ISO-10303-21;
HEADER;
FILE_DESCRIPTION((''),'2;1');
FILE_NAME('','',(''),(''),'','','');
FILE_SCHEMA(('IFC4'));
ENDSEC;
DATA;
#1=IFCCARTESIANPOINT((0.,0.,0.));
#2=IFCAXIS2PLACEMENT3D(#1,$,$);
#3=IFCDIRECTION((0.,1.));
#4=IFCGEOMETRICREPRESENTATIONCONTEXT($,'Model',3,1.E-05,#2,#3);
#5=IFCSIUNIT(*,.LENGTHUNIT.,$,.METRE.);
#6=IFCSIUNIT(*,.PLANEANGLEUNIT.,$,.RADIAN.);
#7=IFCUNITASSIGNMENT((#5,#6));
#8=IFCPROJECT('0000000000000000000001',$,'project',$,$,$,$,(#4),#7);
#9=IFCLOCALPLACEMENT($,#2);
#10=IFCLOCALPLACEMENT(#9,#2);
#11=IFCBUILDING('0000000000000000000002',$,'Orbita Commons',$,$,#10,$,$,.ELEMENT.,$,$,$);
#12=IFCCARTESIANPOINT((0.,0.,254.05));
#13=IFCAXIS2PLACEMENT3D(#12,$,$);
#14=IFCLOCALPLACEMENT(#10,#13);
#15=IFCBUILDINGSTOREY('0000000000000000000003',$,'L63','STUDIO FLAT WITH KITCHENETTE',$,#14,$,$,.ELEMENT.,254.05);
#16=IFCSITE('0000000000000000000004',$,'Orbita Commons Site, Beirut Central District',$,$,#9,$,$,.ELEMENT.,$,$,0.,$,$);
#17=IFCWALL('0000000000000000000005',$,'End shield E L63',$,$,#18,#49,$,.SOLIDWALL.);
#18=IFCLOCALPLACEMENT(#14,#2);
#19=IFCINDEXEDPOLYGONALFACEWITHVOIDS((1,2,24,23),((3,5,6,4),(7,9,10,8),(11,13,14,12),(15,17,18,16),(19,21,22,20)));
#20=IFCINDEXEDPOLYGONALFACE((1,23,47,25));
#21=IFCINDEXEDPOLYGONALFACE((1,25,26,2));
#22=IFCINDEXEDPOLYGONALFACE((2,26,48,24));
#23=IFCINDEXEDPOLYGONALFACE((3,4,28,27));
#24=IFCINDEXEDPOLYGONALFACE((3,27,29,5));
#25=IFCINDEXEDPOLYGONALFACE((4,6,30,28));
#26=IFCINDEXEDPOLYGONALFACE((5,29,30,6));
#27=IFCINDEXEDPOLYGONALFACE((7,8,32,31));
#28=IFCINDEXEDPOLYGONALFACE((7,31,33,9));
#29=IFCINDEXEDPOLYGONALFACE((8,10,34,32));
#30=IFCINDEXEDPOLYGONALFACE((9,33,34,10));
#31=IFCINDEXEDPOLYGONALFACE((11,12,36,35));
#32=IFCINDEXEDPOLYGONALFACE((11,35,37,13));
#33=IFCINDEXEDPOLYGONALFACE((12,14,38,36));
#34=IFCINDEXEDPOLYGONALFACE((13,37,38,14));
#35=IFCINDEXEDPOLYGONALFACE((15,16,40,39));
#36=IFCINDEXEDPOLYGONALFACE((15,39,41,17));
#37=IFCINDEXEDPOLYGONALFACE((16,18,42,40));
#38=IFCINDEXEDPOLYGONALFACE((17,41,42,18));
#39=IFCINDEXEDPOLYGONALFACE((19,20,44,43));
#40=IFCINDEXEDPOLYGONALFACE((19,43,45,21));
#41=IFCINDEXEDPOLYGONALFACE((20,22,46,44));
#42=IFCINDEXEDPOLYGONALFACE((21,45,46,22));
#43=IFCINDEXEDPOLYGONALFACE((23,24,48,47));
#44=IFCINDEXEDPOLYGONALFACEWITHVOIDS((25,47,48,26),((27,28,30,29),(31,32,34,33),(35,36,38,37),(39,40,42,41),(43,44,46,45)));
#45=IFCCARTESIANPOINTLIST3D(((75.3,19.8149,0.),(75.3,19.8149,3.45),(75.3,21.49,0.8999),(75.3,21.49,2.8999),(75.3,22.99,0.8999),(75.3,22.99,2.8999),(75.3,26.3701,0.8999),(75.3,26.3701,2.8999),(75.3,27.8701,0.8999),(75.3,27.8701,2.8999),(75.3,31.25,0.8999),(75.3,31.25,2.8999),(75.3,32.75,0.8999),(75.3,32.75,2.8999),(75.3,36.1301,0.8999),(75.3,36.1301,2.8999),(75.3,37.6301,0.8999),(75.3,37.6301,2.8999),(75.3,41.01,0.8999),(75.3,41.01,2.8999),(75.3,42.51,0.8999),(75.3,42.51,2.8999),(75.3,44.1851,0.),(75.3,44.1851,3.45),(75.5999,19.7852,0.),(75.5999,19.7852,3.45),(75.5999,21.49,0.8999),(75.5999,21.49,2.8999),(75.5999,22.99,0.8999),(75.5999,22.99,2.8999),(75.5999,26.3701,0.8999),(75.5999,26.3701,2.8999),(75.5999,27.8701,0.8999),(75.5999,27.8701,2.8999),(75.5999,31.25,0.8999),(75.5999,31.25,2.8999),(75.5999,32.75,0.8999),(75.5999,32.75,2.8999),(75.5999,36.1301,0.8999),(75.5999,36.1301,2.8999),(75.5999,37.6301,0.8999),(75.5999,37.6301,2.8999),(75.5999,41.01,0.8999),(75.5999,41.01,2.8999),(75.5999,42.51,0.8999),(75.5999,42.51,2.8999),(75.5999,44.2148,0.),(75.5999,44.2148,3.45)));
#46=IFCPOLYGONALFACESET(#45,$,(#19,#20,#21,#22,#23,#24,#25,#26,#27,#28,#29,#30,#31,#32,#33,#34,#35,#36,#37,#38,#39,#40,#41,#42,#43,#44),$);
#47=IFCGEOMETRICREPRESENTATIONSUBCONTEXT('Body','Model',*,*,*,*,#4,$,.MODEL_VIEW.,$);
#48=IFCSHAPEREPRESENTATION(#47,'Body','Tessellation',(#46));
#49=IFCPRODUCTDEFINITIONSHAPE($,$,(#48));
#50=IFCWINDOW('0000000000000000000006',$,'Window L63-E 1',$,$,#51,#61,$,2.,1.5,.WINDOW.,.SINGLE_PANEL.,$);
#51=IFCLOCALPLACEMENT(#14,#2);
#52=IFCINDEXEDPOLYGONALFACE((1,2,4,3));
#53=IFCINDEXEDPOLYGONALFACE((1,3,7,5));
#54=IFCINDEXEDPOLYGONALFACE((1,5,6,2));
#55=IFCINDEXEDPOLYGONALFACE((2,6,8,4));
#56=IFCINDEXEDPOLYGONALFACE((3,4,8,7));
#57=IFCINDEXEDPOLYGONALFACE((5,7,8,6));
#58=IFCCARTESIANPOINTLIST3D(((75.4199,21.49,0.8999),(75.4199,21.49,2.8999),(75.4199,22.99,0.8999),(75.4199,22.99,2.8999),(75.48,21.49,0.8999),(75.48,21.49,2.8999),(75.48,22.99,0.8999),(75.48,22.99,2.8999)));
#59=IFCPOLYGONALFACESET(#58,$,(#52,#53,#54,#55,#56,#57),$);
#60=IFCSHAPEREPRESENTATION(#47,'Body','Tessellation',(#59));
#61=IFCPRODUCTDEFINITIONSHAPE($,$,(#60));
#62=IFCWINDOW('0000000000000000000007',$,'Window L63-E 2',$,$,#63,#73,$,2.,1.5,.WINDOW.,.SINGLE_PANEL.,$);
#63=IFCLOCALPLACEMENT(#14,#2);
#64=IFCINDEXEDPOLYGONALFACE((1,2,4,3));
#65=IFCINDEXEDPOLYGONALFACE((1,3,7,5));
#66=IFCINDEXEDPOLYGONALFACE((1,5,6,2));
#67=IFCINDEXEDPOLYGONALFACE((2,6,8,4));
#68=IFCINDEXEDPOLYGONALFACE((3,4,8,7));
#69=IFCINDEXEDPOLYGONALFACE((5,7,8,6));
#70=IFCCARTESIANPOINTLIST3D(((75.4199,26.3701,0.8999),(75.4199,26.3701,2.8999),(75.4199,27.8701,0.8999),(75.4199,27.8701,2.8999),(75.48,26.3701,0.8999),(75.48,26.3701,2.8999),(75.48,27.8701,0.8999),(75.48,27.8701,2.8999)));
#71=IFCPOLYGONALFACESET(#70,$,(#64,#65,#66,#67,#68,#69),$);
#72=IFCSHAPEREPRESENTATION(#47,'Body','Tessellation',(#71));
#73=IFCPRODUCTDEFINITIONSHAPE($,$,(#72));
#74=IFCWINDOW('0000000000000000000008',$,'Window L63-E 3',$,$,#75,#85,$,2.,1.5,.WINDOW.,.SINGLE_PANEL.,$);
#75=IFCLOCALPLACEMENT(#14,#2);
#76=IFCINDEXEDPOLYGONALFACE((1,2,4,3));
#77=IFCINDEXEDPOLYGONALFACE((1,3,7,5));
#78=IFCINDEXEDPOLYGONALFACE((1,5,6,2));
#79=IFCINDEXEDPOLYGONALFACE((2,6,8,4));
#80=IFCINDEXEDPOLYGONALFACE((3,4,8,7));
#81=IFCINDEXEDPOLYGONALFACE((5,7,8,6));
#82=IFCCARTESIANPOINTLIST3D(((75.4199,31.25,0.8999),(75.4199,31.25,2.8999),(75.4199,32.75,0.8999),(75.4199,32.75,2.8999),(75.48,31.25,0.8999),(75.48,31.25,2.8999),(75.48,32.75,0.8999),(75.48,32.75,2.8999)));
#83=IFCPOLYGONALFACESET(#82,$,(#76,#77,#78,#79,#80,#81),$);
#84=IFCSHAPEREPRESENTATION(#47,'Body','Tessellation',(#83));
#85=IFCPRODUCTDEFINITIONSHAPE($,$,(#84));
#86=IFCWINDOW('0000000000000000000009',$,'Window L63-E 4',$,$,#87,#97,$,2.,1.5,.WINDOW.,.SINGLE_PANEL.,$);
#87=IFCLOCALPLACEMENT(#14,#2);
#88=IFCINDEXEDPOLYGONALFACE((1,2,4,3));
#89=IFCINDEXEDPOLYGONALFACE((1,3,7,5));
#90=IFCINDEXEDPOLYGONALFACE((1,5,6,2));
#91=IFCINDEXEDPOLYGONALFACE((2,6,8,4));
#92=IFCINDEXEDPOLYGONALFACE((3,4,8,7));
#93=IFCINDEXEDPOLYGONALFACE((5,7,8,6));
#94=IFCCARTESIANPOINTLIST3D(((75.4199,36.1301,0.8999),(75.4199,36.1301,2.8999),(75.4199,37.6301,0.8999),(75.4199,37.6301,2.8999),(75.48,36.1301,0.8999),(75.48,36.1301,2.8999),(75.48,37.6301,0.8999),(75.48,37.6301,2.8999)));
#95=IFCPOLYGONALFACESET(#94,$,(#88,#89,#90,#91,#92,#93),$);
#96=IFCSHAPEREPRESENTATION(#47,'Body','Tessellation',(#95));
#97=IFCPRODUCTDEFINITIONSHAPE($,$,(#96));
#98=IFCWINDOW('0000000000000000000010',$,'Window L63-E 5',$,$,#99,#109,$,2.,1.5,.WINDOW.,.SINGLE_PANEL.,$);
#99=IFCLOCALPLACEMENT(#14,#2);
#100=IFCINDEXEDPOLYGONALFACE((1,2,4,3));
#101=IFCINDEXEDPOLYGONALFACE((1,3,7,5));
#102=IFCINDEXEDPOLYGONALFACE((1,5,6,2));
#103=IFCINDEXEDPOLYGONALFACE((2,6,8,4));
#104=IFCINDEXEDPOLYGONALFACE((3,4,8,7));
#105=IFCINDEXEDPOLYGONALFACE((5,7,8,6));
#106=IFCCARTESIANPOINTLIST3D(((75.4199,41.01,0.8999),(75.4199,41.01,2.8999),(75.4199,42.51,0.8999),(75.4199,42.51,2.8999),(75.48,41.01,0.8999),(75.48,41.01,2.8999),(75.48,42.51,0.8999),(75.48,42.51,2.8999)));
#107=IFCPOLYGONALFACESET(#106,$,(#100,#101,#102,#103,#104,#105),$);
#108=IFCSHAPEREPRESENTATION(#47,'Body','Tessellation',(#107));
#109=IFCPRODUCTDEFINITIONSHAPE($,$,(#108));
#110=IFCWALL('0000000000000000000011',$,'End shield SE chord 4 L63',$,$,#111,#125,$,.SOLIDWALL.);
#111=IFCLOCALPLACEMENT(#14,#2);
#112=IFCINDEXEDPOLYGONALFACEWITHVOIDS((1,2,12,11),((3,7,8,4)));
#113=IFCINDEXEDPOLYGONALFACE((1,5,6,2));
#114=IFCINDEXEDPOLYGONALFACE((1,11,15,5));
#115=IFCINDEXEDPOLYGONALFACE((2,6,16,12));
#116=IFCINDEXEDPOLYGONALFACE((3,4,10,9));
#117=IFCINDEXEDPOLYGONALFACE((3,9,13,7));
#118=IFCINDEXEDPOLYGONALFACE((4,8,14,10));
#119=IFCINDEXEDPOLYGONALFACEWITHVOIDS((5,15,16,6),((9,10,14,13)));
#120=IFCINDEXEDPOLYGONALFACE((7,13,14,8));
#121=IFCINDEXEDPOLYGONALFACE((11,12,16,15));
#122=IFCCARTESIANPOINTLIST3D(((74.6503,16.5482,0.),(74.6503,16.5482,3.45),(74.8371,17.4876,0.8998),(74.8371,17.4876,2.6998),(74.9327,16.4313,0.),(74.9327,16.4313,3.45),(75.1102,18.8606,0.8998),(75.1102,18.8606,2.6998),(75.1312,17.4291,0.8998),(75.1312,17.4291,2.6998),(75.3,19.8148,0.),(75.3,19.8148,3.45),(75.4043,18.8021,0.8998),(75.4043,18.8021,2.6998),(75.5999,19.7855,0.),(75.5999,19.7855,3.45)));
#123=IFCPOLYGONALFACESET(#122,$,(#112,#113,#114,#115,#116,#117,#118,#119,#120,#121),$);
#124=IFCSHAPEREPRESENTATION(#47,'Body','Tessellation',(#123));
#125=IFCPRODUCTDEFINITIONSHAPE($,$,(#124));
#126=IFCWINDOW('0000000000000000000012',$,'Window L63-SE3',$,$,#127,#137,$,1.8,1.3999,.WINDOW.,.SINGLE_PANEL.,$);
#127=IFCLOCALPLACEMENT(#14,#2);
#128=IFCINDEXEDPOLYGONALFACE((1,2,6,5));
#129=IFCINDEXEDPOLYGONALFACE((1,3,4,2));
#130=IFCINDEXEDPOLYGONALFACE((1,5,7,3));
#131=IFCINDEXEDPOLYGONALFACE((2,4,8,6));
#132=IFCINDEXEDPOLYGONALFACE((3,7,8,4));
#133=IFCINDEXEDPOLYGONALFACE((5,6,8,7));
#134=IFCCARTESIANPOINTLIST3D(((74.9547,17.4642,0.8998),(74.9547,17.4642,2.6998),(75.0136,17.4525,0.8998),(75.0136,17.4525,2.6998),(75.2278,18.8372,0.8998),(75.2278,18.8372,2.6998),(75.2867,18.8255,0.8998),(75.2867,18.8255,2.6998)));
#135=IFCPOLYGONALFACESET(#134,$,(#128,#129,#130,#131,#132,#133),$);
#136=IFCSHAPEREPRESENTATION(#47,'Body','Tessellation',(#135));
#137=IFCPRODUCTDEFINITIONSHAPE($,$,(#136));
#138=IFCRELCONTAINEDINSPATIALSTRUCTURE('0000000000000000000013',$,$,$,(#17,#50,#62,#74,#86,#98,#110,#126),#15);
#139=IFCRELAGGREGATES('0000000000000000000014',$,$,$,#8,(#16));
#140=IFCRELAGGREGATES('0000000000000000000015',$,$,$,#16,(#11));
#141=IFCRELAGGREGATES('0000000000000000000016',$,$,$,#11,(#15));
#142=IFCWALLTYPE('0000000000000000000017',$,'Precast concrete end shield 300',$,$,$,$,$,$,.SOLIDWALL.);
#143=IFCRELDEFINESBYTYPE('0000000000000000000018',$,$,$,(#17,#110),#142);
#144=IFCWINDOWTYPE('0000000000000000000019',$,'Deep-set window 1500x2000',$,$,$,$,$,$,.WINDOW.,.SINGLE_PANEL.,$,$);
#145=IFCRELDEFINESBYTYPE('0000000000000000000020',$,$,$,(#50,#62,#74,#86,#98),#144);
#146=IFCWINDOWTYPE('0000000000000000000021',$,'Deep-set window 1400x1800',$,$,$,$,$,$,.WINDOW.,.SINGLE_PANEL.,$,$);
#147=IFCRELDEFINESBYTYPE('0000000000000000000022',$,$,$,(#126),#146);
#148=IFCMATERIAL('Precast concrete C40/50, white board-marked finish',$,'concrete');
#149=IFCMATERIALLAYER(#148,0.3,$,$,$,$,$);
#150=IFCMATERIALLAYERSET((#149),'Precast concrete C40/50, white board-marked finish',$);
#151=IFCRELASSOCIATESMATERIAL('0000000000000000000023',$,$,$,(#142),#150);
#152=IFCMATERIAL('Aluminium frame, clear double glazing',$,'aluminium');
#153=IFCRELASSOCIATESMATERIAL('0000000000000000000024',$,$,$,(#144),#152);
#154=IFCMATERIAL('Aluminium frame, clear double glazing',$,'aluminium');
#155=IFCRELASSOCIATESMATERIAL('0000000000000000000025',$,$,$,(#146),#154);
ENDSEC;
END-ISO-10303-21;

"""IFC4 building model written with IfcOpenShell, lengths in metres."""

from ifc_helpers import new_model, si_unit, direction, frame, frame_2d, origin, place, context, subcontext, project, spatial, polyline, rectangle, outline, extrude, material, layer, layer_set, type_object, element, fill, save


model = new_model("IFC4")

# Units and contexts
model_context = context("Model", 3, precision=1e-05, world=origin(), true_north=direction((0.0, 1.0)))
body_context = subcontext(model_context, "Body", "Model", "MODEL_VIEW")
ifc_project = project(units=[si_unit("LENGTHUNIT", "METRE"), si_unit("PLANEANGLEUNIT", "RADIAN")], contexts=[model_context])

# Site, building, storey
site_placement = place(None, origin())
site = spatial("IfcSite", under=ifc_project, at=site_placement, Name="Orbita Commons Site, Beirut Central District", CompositionType="ELEMENT", RefElevation=0.0)
building_placement = place(site_placement, origin())
building = spatial("IfcBuilding", under=site, at=building_placement, Name="Orbita Commons", CompositionType="ELEMENT")
storey_placement = place(building_placement, frame((0.0, 0.0, 254.05)))
storey = spatial("IfcBuildingStorey", under=building, at=storey_placement, Name="L63", Description="STUDIO FLAT WITH KITCHENETTE", CompositionType="ELEMENT", Elevation=254.05)

# Wall, openings, windows
ifc_material_1 = material(Name="Precast concrete C40/50, white board-marked finish", Category="concrete")
ifc_layer_1 = layer(ifc_material_1, 0.3)
ifc_layer_set_1 = layer_set([ifc_layer_1], Name="Precast concrete C40/50, white board-marked finish")
wall_type_1 = type_object("IfcWallType", Name="Precast concrete end shield 300", PredefinedType="SOLIDWALL", material=ifc_layer_set_1)
wall_1_placement = place(storey_placement, frame((75.45, 19.8, 0.0), z_axis=(0.0, 0.0, 1.0), x_axis=(0.0, 1.0, 0.0)))
wall_1 = element("IfcWall", 1, at=wall_1_placement, inside=storey, type_object=wall_type_1, Name="End shield E L63", PredefinedType="SOLIDWALL", context=body_context, shape_type="SweptSolid", body=[
    extrude(outline(polyline([(-0.0149, -0.1499), (24.4148, -0.1499), (24.385, 0.1499), (0.0149, 0.1499), (-0.0149, -0.1499)])), origin(), (0.0, 0.0, 1.0), 3.45),
])
opening_1_placement = place(wall_1_placement, frame((1.6899, 0.0, 0.8999)))
opening_1 = element("IfcOpeningElement", 2, at=opening_1_placement, cuts=wall_1, PredefinedType="OPENING", context=body_context, shape_type="SweptSolid", body=[
    extrude(rectangle(XDim=1.5, YDim=2.0, at=frame_2d((0.75, 1.0))), frame((0.0, 0.1599, 0.0), z_axis=(0.0, -1.0, 0.0), x_axis=(1.0, 0.0, 0.0)), (0.0, 0.0, 1.0), 0.3201),
])
opening_2_placement = place(wall_1_placement, frame((6.5701, 0.0, 0.8999)))
opening_2 = element("IfcOpeningElement", 3, at=opening_2_placement, cuts=wall_1, PredefinedType="OPENING", context=body_context, shape_type="SweptSolid", body=[
    extrude(rectangle(XDim=1.5, YDim=2.0, at=frame_2d((0.75, 1.0))), frame((0.0, 0.1599, 0.0), z_axis=(0.0, -1.0, 0.0), x_axis=(1.0, 0.0, 0.0)), (0.0, 0.0, 1.0), 0.3201),
])
opening_3_placement = place(wall_1_placement, frame((11.45, 0.0, 0.8999)))
opening_3 = element("IfcOpeningElement", 4, at=opening_3_placement, cuts=wall_1, PredefinedType="OPENING", context=body_context, shape_type="SweptSolid", body=[
    extrude(rectangle(XDim=1.5, YDim=2.0, at=frame_2d((0.75, 1.0))), frame((0.0, 0.1599, 0.0), z_axis=(0.0, -1.0, 0.0), x_axis=(1.0, 0.0, 0.0)), (0.0, 0.0, 1.0), 0.3201),
])
opening_4_placement = place(wall_1_placement, frame((16.3301, 0.0, 0.8999)))
opening_4 = element("IfcOpeningElement", 5, at=opening_4_placement, cuts=wall_1, PredefinedType="OPENING", context=body_context, shape_type="SweptSolid", body=[
    extrude(rectangle(XDim=1.5, YDim=2.0, at=frame_2d((0.75, 1.0))), frame((0.0, 0.1599, 0.0), z_axis=(0.0, -1.0, 0.0), x_axis=(1.0, 0.0, 0.0)), (0.0, 0.0, 1.0), 0.3201),
])
opening_5_placement = place(wall_1_placement, frame((21.21, 0.0, 0.8999)))
opening_5 = element("IfcOpeningElement", 6, at=opening_5_placement, cuts=wall_1, PredefinedType="OPENING", context=body_context, shape_type="SweptSolid", body=[
    extrude(rectangle(XDim=1.5, YDim=2.0, at=frame_2d((0.75, 1.0))), frame((0.0, 0.1599, 0.0), z_axis=(0.0, -1.0, 0.0), x_axis=(1.0, 0.0, 0.0)), (0.0, 0.0, 1.0), 0.3201),
])
ifc_material_2 = material(Name="Aluminium frame, clear double glazing", Category="aluminium")
window_type_1 = type_object("IfcWindowType", Name="Deep-set window 1500x2000", PartitioningType="SINGLE_PANEL", PredefinedType="WINDOW", material=ifc_material_2)
window_1_placement = place(opening_1_placement, origin())
window_1 = element("IfcWindow", 7, at=window_1_placement, inside=storey, type_object=window_type_1, Name="Window L63-E 1", OverallHeight=2.0, OverallWidth=1.5, PartitioningType="SINGLE_PANEL", PredefinedType="WINDOW", context=body_context, shape_type="SweptSolid", body=[
    extrude(rectangle(XDim=1.5, YDim=2.0, at=frame_2d((0.75, 1.0))), frame((0.0, 0.03, 0.0), z_axis=(0.0, -1.0, 0.0), x_axis=(1.0, 0.0, 0.0)), (0.0, 0.0, 1.0), 0.0601),
])
fill(opening_1, window_1)
window_2_placement = place(opening_2_placement, origin())
window_2 = element("IfcWindow", 8, at=window_2_placement, inside=storey, type_object=window_type_1, Name="Window L63-E 2", OverallHeight=2.0, OverallWidth=1.5, PartitioningType="SINGLE_PANEL", PredefinedType="WINDOW", context=body_context, shape_type="SweptSolid", body=[
    extrude(rectangle(XDim=1.5, YDim=2.0, at=frame_2d((0.75, 1.0))), frame((0.0, 0.03, 0.0), z_axis=(0.0, -1.0, 0.0), x_axis=(1.0, 0.0, 0.0)), (0.0, 0.0, 1.0), 0.0601),
])
fill(opening_2, window_2)
window_3_placement = place(opening_3_placement, origin())
window_3 = element("IfcWindow", 9, at=window_3_placement, inside=storey, type_object=window_type_1, Name="Window L63-E 3", OverallHeight=2.0, OverallWidth=1.5, PartitioningType="SINGLE_PANEL", PredefinedType="WINDOW", context=body_context, shape_type="SweptSolid", body=[
    extrude(rectangle(XDim=1.5, YDim=2.0, at=frame_2d((0.75, 1.0))), frame((0.0, 0.03, 0.0), z_axis=(0.0, -1.0, 0.0), x_axis=(1.0, 0.0, 0.0)), (0.0, 0.0, 1.0), 0.0601),
])
fill(opening_3, window_3)
window_4_placement = place(opening_4_placement, origin())
window_4 = element("IfcWindow", 10, at=window_4_placement, inside=storey, type_object=window_type_1, Name="Window L63-E 4", OverallHeight=2.0, OverallWidth=1.5, PartitioningType="SINGLE_PANEL", PredefinedType="WINDOW", context=body_context, shape_type="SweptSolid", body=[
    extrude(rectangle(XDim=1.5, YDim=2.0, at=frame_2d((0.75, 1.0))), frame((0.0, 0.03, 0.0), z_axis=(0.0, -1.0, 0.0), x_axis=(1.0, 0.0, 0.0)), (0.0, 0.0, 1.0), 0.0601),
])
fill(opening_4, window_4)
window_5_placement = place(opening_5_placement, origin())
window_5 = element("IfcWindow", 11, at=window_5_placement, inside=storey, type_object=window_type_1, Name="Window L63-E 5", OverallHeight=2.0, OverallWidth=1.5, PartitioningType="SINGLE_PANEL", PredefinedType="WINDOW", context=body_context, shape_type="SweptSolid", body=[
    extrude(rectangle(XDim=1.5, YDim=2.0, at=frame_2d((0.75, 1.0))), frame((0.0, 0.03, 0.0), z_axis=(0.0, -1.0, 0.0), x_axis=(1.0, 0.0, 0.0)), (0.0, 0.0, 1.0), 0.0601),
])
fill(opening_5, window_5)

# Wall, opening, window
wall_2_placement = place(storey_placement, frame((74.7915, 16.4897, 0.0), z_axis=(0.0, 0.0, 1.0), x_axis=(0.195087, 0.980786, 0.0)))
wall_2 = element("IfcWall", 12, at=wall_2_placement, inside=storey, type_object=wall_type_1, Name="End shield SE chord 4 L63", PredefinedType="SOLIDWALL", context=body_context, shape_type="SweptSolid", body=[
    extrude(outline(polyline([(-0.0298, -0.1499), (3.3901, -0.1499), (3.3604, 0.1499), (0.0298, 0.1499), (-0.0298, -0.1499)])), origin(), (0.0, 0.0, 1.0), 3.45),
])
opening_6_placement = place(wall_2_placement, frame((0.9875, 0.0, 0.8999)))
opening_6 = element("IfcOpeningElement", 13, at=opening_6_placement, cuts=wall_2, PredefinedType="OPENING", context=body_context, shape_type="SweptSolid", body=[
    extrude(rectangle(XDim=1.3999, YDim=1.8, at=frame_2d((0.7, 0.8999))), frame((0.0, 0.1599, 0.0), z_axis=(0.0, -1.0, 0.0), x_axis=(1.0, 0.0, 0.0)), (0.0, 0.0, 1.0), 0.3201),
])
ifc_material_3 = material(Name="Aluminium frame, clear double glazing", Category="aluminium")
window_type_2 = type_object("IfcWindowType", Name="Deep-set window 1400x1800", PartitioningType="SINGLE_PANEL", PredefinedType="WINDOW", material=ifc_material_3)
window_6_placement = place(opening_6_placement, origin())
window_6 = element("IfcWindow", 14, at=window_6_placement, inside=storey, type_object=window_type_2, Name="Window L63-SE3", OverallHeight=1.8, OverallWidth=1.3999, PartitioningType="SINGLE_PANEL", PredefinedType="WINDOW", context=body_context, shape_type="SweptSolid", body=[
    extrude(rectangle(XDim=1.3999, YDim=1.8, at=frame_2d((0.7, 0.8999))), frame((0.0, 0.03, 0.0), z_axis=(0.0, -1.0, 0.0), x_axis=(1.0, 0.0, 0.0)), (0.0, 0.0, 1.0), 0.0601),
])
fill(opening_6, window_6)

save(model, "model.ifc")
